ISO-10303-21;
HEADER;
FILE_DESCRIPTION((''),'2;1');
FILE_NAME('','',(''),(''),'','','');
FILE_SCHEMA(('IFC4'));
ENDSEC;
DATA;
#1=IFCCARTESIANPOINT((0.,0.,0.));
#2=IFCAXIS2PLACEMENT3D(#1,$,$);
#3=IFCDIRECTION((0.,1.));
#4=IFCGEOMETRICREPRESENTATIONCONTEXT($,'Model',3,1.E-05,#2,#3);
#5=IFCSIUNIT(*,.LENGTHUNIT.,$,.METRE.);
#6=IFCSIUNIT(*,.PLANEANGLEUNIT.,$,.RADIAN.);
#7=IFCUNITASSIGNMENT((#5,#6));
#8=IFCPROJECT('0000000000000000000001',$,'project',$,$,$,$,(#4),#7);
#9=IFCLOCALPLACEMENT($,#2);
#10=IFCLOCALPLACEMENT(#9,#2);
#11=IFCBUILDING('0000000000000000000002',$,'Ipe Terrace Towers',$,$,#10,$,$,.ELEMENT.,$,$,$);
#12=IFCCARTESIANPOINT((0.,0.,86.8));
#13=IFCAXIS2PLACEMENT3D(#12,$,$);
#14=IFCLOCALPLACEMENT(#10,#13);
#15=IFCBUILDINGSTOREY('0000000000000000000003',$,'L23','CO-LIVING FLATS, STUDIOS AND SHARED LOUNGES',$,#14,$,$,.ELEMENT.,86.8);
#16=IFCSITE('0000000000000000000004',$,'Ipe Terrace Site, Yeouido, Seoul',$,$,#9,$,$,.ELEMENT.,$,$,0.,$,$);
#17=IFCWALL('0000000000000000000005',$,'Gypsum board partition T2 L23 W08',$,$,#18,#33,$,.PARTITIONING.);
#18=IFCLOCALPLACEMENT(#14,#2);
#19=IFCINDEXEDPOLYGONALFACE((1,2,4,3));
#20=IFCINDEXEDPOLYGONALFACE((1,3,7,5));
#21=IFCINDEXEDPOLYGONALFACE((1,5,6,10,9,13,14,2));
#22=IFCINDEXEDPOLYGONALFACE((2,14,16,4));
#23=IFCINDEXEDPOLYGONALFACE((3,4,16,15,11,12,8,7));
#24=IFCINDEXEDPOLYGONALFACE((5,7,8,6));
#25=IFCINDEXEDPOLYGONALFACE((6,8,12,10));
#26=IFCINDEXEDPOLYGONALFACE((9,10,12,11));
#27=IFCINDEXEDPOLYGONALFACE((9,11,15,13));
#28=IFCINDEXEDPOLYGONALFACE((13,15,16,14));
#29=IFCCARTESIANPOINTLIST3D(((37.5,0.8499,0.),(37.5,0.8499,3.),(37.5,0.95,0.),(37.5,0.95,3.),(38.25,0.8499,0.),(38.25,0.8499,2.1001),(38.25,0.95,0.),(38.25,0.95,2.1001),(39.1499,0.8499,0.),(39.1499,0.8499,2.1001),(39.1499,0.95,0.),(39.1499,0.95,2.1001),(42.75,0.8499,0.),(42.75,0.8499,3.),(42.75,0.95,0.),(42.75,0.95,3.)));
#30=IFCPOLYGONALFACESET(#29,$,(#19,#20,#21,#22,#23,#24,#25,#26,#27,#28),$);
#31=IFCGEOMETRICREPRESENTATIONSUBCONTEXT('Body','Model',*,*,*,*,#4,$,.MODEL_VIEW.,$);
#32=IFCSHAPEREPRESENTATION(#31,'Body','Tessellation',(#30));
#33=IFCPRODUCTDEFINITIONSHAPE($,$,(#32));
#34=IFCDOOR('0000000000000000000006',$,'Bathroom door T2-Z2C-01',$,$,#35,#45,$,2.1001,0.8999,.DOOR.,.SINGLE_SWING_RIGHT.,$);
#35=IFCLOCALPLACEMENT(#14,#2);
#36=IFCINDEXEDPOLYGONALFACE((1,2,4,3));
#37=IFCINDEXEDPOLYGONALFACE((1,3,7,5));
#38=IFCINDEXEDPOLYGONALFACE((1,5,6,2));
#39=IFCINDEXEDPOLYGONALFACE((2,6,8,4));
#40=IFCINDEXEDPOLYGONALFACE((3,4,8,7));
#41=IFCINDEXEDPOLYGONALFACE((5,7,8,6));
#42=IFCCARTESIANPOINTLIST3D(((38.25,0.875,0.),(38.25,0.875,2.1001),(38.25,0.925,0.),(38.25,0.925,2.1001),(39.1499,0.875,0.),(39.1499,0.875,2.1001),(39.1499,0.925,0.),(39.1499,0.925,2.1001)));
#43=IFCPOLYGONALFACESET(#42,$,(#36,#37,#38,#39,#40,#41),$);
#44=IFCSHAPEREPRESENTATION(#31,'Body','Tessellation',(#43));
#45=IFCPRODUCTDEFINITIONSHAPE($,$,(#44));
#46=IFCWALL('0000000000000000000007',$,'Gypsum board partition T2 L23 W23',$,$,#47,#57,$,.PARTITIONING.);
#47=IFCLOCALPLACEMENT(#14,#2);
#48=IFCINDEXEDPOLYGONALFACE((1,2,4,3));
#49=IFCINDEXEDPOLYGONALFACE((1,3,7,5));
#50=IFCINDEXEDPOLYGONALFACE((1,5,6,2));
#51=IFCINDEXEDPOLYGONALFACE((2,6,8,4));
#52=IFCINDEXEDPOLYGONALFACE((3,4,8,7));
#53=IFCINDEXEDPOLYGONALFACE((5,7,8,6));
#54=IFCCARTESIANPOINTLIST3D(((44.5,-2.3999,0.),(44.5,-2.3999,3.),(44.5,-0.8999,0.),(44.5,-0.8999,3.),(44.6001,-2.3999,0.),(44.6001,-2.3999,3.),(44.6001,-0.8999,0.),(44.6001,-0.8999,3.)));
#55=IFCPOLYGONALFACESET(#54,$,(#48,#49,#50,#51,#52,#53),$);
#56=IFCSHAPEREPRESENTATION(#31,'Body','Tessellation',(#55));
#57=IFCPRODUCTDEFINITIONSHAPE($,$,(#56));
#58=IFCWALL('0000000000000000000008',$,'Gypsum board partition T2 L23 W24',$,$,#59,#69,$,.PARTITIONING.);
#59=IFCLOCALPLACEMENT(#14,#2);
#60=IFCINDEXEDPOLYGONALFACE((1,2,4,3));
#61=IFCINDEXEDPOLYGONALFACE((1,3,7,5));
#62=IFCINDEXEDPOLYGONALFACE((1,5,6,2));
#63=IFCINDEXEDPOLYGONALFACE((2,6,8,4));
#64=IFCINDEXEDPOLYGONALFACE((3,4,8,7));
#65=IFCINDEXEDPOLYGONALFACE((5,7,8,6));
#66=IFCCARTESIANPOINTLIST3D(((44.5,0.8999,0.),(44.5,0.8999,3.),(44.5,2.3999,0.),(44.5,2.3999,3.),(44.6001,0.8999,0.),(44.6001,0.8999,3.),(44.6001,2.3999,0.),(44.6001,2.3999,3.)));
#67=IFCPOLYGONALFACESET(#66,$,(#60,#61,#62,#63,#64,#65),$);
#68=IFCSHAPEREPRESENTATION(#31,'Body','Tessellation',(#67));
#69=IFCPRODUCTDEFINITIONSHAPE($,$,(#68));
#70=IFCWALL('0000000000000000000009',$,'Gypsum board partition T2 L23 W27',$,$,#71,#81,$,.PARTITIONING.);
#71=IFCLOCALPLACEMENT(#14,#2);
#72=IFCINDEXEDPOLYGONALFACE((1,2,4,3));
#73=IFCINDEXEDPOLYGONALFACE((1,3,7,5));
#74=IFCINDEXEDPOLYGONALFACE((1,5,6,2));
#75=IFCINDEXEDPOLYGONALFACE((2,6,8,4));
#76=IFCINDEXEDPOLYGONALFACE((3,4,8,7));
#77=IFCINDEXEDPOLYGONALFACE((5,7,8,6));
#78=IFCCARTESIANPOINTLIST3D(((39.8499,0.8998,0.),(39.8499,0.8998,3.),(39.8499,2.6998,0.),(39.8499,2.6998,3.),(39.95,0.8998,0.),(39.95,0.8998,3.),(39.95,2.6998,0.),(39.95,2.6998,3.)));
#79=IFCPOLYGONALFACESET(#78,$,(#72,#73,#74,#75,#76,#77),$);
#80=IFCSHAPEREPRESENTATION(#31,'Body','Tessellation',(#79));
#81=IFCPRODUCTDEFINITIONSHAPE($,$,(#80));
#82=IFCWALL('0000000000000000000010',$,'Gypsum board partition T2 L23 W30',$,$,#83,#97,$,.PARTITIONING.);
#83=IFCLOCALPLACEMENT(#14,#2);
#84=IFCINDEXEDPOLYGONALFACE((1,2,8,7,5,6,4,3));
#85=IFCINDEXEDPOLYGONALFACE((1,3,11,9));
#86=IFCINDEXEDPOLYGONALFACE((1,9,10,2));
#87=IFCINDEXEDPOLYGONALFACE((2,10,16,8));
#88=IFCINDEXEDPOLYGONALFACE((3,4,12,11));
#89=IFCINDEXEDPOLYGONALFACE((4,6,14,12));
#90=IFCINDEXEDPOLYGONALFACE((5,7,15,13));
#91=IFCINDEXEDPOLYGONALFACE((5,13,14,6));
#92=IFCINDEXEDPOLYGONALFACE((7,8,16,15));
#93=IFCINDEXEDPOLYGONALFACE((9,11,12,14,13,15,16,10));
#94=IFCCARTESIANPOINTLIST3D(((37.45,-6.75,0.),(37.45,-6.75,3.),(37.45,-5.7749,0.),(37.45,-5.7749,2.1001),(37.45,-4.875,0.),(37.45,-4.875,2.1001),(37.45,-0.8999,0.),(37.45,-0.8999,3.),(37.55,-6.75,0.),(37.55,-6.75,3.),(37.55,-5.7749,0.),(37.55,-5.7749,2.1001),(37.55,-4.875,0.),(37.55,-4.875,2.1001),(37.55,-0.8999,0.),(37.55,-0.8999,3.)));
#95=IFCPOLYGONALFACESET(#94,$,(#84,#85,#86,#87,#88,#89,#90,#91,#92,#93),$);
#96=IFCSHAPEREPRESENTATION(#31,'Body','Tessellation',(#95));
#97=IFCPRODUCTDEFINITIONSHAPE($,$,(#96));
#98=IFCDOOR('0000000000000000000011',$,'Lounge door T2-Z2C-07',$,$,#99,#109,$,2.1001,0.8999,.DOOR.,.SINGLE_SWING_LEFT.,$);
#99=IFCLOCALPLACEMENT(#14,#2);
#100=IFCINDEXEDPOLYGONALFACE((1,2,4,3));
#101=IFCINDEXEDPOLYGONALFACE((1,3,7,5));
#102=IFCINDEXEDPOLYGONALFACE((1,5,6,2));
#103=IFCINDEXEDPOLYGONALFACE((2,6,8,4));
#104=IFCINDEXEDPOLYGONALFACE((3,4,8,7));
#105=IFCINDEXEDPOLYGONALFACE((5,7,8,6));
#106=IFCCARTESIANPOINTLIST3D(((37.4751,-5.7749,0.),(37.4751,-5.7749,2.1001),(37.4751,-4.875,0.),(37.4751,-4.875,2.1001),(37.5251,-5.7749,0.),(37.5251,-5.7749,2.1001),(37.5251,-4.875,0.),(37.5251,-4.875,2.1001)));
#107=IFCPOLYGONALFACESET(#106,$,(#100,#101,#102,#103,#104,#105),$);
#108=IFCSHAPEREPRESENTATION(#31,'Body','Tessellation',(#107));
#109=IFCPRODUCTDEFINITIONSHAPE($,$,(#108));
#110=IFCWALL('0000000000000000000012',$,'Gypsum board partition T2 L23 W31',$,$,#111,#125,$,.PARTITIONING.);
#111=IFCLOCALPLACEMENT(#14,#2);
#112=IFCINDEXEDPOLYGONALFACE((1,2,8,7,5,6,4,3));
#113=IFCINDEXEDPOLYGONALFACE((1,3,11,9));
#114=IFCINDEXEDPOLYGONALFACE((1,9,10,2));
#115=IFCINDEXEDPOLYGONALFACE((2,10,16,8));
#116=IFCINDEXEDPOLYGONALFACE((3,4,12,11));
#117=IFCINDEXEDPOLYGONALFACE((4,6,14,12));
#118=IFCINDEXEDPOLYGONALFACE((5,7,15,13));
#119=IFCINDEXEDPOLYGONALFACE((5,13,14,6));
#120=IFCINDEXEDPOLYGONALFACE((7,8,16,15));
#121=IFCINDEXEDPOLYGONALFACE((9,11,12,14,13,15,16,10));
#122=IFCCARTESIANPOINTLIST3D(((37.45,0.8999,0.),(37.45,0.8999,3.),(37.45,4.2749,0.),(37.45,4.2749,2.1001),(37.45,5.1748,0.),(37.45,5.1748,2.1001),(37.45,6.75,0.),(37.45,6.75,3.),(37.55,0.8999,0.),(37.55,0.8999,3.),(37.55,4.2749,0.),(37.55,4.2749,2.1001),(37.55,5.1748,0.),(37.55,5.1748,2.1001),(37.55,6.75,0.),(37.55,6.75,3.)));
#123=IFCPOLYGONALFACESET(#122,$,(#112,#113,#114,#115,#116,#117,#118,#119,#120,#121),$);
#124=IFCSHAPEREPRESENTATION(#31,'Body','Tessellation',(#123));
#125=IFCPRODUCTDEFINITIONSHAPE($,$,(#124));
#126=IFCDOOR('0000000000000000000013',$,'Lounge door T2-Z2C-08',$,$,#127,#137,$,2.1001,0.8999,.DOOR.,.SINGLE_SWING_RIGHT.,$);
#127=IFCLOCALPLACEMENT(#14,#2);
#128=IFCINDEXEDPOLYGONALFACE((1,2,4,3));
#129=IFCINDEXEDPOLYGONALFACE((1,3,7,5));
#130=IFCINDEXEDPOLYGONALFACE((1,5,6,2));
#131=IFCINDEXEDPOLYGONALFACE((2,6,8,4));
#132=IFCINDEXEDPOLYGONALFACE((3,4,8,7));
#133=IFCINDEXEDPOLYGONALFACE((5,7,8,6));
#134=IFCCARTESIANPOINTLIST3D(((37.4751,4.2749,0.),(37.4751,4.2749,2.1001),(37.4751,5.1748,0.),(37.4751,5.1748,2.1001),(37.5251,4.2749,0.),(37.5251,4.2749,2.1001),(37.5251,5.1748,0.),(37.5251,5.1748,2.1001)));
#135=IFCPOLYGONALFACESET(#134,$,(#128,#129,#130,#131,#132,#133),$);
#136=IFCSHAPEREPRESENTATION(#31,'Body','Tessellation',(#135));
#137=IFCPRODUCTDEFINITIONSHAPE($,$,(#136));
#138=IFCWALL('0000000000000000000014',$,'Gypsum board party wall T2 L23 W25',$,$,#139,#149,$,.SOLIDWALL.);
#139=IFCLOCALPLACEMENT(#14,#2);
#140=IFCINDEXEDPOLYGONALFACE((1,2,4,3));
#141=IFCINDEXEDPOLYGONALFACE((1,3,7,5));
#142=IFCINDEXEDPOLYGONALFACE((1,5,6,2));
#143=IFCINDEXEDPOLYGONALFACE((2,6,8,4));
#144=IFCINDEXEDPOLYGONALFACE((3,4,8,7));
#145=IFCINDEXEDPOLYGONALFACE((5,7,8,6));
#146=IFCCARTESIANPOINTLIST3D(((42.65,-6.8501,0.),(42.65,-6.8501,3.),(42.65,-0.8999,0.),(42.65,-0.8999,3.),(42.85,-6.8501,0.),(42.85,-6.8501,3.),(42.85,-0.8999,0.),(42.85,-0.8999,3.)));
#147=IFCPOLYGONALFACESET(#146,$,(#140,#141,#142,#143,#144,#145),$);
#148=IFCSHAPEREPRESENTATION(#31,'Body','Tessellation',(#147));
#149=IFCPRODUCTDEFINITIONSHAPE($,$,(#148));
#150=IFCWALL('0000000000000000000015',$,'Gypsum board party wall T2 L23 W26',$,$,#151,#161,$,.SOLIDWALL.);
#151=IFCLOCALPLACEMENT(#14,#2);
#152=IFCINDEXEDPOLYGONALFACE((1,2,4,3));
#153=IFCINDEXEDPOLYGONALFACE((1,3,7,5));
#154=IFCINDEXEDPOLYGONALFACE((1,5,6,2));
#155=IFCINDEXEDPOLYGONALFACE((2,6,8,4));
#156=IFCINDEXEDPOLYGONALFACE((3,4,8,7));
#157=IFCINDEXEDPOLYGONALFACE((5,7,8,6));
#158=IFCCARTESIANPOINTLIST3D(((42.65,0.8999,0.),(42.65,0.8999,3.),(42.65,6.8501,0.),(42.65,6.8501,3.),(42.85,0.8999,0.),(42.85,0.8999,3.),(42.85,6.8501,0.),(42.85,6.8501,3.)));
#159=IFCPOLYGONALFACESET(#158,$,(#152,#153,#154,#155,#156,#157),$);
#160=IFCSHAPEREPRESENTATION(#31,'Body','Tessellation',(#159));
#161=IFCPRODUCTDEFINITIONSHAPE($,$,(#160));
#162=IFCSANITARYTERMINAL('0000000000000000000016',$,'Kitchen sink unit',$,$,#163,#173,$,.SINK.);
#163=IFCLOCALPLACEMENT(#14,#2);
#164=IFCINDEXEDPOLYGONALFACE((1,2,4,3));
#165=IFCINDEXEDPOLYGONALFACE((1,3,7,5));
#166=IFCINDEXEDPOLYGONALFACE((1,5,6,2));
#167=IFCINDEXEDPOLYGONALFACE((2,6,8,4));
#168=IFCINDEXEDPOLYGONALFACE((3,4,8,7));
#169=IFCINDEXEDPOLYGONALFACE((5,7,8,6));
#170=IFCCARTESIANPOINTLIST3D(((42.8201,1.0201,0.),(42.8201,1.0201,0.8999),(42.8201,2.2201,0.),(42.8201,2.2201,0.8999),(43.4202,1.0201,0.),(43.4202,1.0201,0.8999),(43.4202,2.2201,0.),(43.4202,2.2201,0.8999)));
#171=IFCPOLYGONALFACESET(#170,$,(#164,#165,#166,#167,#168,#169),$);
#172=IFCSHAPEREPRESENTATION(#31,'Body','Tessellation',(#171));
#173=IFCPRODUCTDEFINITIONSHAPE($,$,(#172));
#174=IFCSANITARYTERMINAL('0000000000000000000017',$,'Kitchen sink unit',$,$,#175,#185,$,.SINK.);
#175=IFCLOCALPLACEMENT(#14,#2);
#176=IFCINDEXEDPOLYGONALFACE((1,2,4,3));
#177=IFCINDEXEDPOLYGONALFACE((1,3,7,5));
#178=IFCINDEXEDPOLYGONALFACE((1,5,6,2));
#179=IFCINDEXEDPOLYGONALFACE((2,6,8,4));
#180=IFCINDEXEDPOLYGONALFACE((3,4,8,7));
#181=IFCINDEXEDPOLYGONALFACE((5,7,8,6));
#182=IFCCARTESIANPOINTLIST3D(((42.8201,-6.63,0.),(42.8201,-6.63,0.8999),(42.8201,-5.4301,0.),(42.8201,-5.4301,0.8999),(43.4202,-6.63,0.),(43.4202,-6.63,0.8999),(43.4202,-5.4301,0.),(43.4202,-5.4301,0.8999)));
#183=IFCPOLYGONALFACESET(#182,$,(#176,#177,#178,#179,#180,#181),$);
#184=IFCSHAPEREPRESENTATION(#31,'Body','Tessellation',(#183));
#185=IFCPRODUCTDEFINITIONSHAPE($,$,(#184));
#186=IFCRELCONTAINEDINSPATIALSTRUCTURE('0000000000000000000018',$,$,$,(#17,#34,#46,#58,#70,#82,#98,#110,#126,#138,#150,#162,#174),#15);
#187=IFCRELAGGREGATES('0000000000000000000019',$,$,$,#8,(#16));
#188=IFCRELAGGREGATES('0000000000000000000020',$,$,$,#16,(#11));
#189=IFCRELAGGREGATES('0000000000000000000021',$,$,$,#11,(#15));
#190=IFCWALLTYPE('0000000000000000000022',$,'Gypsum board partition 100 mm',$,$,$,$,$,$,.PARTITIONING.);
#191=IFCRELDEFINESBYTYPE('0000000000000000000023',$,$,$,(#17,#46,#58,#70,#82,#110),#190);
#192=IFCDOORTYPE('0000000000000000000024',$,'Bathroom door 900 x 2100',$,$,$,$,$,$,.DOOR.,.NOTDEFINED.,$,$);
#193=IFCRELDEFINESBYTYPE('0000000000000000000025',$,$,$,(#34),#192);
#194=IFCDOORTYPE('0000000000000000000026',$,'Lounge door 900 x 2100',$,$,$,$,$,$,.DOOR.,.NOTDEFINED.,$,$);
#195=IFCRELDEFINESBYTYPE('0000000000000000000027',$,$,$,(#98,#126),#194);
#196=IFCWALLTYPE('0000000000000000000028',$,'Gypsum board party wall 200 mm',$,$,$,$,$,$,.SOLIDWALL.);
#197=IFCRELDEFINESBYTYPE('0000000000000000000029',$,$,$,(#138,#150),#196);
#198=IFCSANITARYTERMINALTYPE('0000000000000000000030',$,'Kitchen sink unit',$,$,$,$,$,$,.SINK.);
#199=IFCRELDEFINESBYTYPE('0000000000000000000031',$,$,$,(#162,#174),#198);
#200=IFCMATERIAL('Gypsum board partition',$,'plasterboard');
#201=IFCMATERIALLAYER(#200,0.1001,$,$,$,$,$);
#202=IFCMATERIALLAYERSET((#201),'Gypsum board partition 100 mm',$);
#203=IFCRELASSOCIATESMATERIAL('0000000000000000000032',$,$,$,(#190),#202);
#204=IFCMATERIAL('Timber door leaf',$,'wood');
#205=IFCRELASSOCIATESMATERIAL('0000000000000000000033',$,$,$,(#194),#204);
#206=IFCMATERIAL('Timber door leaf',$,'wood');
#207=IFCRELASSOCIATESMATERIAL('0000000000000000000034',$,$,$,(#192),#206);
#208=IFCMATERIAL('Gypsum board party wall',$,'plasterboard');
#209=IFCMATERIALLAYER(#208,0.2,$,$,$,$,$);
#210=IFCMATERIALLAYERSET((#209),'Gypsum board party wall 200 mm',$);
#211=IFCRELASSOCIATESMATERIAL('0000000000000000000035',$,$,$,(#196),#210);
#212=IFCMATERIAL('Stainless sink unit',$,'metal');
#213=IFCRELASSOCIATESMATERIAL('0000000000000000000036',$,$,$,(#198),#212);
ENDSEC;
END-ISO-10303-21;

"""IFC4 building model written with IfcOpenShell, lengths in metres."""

from ifc_helpers import new_model, si_unit, direction, frame, frame_2d, origin, origin_2d, place, context, subcontext, project, spatial, rectangle, extrude, material, layer, layer_set, type_object, element, fill, save


model = new_model("IFC4")

# Units and contexts
model_context = context("Model", 3, precision=1e-05, world=origin(), true_north=direction((0.0, 1.0)))
body_context = subcontext(model_context, "Body", "Model", "MODEL_VIEW")
ifc_project = project(units=[si_unit("LENGTHUNIT", "METRE"), si_unit("PLANEANGLEUNIT", "RADIAN")], contexts=[model_context])

# Site, building, storey
site_placement = place(None, origin())
site = spatial("IfcSite", under=ifc_project, at=site_placement, Name="Ipe Terrace Site, Yeouido, Seoul", CompositionType="ELEMENT", RefElevation=0.0)
building_placement = place(site_placement, origin())
building = spatial("IfcBuilding", under=site, at=building_placement, Name="Ipe Terrace Towers", CompositionType="ELEMENT")
storey_placement = place(building_placement, frame((0.0, 0.0, 86.8)))
storey = spatial("IfcBuildingStorey", under=building, at=storey_placement, Name="L23", Description="CO-LIVING FLATS, STUDIOS AND SHARED LOUNGES", CompositionType="ELEMENT", Elevation=86.8)

# Shared definitions
ifc_material_1 = material(Name="Gypsum board partition", Category="plasterboard")
ifc_layer_1 = layer(ifc_material_1, 0.1001)
ifc_layer_set_1 = layer_set([ifc_layer_1], Name="Gypsum board partition 100 mm")
wall_type_1 = type_object("IfcWallType", Name="Gypsum board partition 100 mm", PredefinedType="PARTITIONING", material=ifc_layer_set_1)

# Wall, opening, door
ifc_material_2 = material(Name="Timber door leaf", Category="wood")
door_type_1 = type_object("IfcDoorType", Name="Lounge door 900 x 2100", OperationType="NOTDEFINED", PredefinedType="DOOR", material=ifc_material_2)
wall_1_placement = place(storey_placement, frame((42.75, 0.8999, 0.0), z_axis=(0.0, 0.0, 1.0), x_axis=(-1.0, 0.0, 0.0)))
wall_1 = element("IfcWall", 1, at=wall_1_placement, inside=storey, type_object=wall_type_1, Name="Gypsum board partition T2 L23 W08", PredefinedType="PARTITIONING", context=body_context, shape_type="SweptSolid", body=[
    extrude(rectangle(XDim=5.25, YDim=0.1001, at=frame_2d((2.625, 0.0))), origin(), (0.0, 0.0, 1.0), 3.0),
])
opening_1_placement = place(wall_1_placement, frame((3.6001, 0.0, 0.0)))
opening_1 = element("IfcOpeningElement", 2, at=opening_1_placement, cuts=wall_1, PredefinedType="OPENING", context=body_context, shape_type="SweptSolid", body=[
    extrude(rectangle(XDim=0.8999, YDim=2.1001, at=frame_2d((0.45, 1.05))), frame((0.0, 0.0601, 0.0), z_axis=(0.0, -1.0, 0.0), x_axis=(1.0, 0.0, 0.0)), (0.0, 0.0, 1.0), 0.1201),
])
ifc_material_3 = material(Name="Timber door leaf", Category="wood")
door_type_2 = type_object("IfcDoorType", Name="Bathroom door 900 x 2100", OperationType="NOTDEFINED", PredefinedType="DOOR", material=ifc_material_3)
door_1_placement = place(opening_1_placement, origin())
door_1 = element("IfcDoor", 3, at=door_1_placement, inside=storey, type_object=door_type_2, Name="Bathroom door T2-Z2C-01", OperationType="SINGLE_SWING_RIGHT", OverallHeight=2.1001, OverallWidth=0.8999, PredefinedType="DOOR", context=body_context, shape_type="SweptSolid", body=[
    extrude(rectangle(XDim=0.8999, YDim=2.1001, at=frame_2d((0.45, 1.05))), frame((0.0, 0.0249, 0.0), z_axis=(0.0, -1.0, 0.0), x_axis=(1.0, 0.0, 0.0)), (0.0, 0.0, 1.0), 0.05),
])
fill(opening_1, door_1)

# Walls
for number, where, z_axis, x_axis, name in (
    (4, (44.55, -2.3999, 0.0), (0.0, 0.0, 1.0), (0.0, 1.0, 0.0), "Gypsum board partition T2 L23 W23"),
    (5, (44.55, 0.8999, 0.0), (0.0, 0.0, 1.0), (0.0, 1.0, 0.0), "Gypsum board partition T2 L23 W24"),
):
    element("IfcWall", number, at=place(storey_placement, frame(where, z_axis=z_axis, x_axis=x_axis)), inside=storey, type_object=wall_type_1, Name=name, PredefinedType="PARTITIONING", context=body_context, shape_type="SweptSolid", body=[
        extrude(rectangle(XDim=1.5, YDim=0.1001, at=frame_2d((0.75, 0.0))), origin(), (0.0, 0.0, 1.0), 3.0),
    ])
wall_2_placement = place(storey_placement, frame((39.8999, 0.8999, 0.0), z_axis=(0.0, 0.0, 1.0), x_axis=(0.0, 1.0, 0.0)))
element("IfcWall", 6, at=wall_2_placement, inside=storey, type_object=wall_type_1, Name="Gypsum board partition T2 L23 W27", PredefinedType="PARTITIONING", context=body_context, shape_type="SweptSolid", body=[
    extrude(rectangle(XDim=1.8, YDim=0.1001, at=frame_2d((0.8999, 0.0))), origin(), (0.0, 0.0, 1.0), 3.0),
])

# Walls, openings, doors
wall_3_placement = place(storey_placement, frame((37.5, -6.75, 0.0), z_axis=(0.0, 0.0, 1.0), x_axis=(0.0, 1.0, 0.0)))
wall_3 = element("IfcWall", 7, at=wall_3_placement, inside=storey, type_object=wall_type_1, Name="Gypsum board partition T2 L23 W30", PredefinedType="PARTITIONING", context=body_context, shape_type="SweptSolid", body=[
    extrude(rectangle(XDim=5.8501, YDim=0.1001, at=frame_2d((2.925, 0.0))), origin(), (0.0, 0.0, 1.0), 3.0),
])
opening_2_placement = place(wall_3_placement, frame((0.9751, 0.0, 0.0)))
opening_2 = element("IfcOpeningElement", 8, at=opening_2_placement, cuts=wall_3, PredefinedType="OPENING", context=body_context, shape_type="SweptSolid", body=[
    extrude(rectangle(XDim=0.8999, YDim=2.1001, at=frame_2d((0.45, 1.05))), frame((0.0, 0.0601, 0.0), z_axis=(0.0, -1.0, 0.0), x_axis=(1.0, 0.0, 0.0)), (0.0, 0.0, 1.0), 0.1201),
])
door_2_placement = place(opening_2_placement, origin())
door_2 = element("IfcDoor", 9, at=door_2_placement, inside=storey, type_object=door_type_1, Name="Lounge door T2-Z2C-07", OperationType="SINGLE_SWING_LEFT", OverallHeight=2.1001, OverallWidth=0.8999, PredefinedType="DOOR", context=body_context, shape_type="SweptSolid", body=[
    extrude(rectangle(XDim=0.8999, YDim=2.1001, at=frame_2d((0.45, 1.05))), frame((0.0, 0.0249, 0.0), z_axis=(0.0, -1.0, 0.0), x_axis=(1.0, 0.0, 0.0)), (0.0, 0.0, 1.0), 0.05),
])
fill(opening_2, door_2)
wall_4_placement = place(storey_placement, frame((37.5, 0.8999, 0.0), z_axis=(0.0, 0.0, 1.0), x_axis=(0.0, 1.0, 0.0)))
wall_4 = element("IfcWall", 10, at=wall_4_placement, inside=storey, type_object=wall_type_1, Name="Gypsum board partition T2 L23 W31", PredefinedType="PARTITIONING", context=body_context, shape_type="SweptSolid", body=[
    extrude(rectangle(XDim=5.8501, YDim=0.1001, at=frame_2d((2.925, 0.0))), origin(), (0.0, 0.0, 1.0), 3.0),
])
opening_3_placement = place(wall_4_placement, frame((3.375, 0.0, 0.0)))
opening_3 = element("IfcOpeningElement", 11, at=opening_3_placement, cuts=wall_4, PredefinedType="OPENING", context=body_context, shape_type="SweptSolid", body=[
    extrude(rectangle(XDim=0.8999, YDim=2.1001, at=frame_2d((0.45, 1.05))), frame((0.0, 0.0601, 0.0), z_axis=(0.0, -1.0, 0.0), x_axis=(1.0, 0.0, 0.0)), (0.0, 0.0, 1.0), 0.1201),
])
door_3_placement = place(opening_3_placement, origin())
door_3 = element("IfcDoor", 12, at=door_3_placement, inside=storey, type_object=door_type_1, Name="Lounge door T2-Z2C-08", OperationType="SINGLE_SWING_RIGHT", OverallHeight=2.1001, OverallWidth=0.8999, PredefinedType="DOOR", context=body_context, shape_type="SweptSolid", body=[
    extrude(rectangle(XDim=0.8999, YDim=2.1001, at=frame_2d((0.45, 1.05))), frame((0.0, 0.0249, 0.0), z_axis=(0.0, -1.0, 0.0), x_axis=(1.0, 0.0, 0.0)), (0.0, 0.0, 1.0), 0.05),
])
fill(opening_3, door_3)

# Walls
ifc_material_4 = material(Name="Gypsum board party wall", Category="plasterboard")
ifc_layer_2 = layer(ifc_material_4, 0.2)
ifc_layer_set_2 = layer_set([ifc_layer_2], Name="Gypsum board party wall 200 mm")
wall_type_2 = type_object("IfcWallType", Name="Gypsum board party wall 200 mm", PredefinedType="SOLIDWALL", material=ifc_layer_set_2)
for number, where, z_axis, x_axis, name in (
    (13, (42.75, -6.8501, 0.0), (0.0, 0.0, 1.0), (0.0, 1.0, 0.0), "Gypsum board party wall T2 L23 W25"),
    (14, (42.75, 0.8999, 0.0), (0.0, 0.0, 1.0), (0.0, 1.0, 0.0), "Gypsum board party wall T2 L23 W26"),
):
    element("IfcWall", number, at=place(storey_placement, frame(where, z_axis=z_axis, x_axis=x_axis)), inside=storey, type_object=wall_type_2, Name=name, PredefinedType="SOLIDWALL", context=body_context, shape_type="SweptSolid", body=[
        extrude(rectangle(XDim=5.9502, YDim=0.2, at=frame_2d((2.9751, 0.0))), origin(), (0.0, 0.0, 1.0), 3.0),
    ])

# Sanitary terminals
ifc_material_5 = material(Name="Stainless sink unit", Category="metal")
sanitary_terminal_type_1 = type_object("IfcSanitaryTerminalType", Name="Kitchen sink unit", PredefinedType="SINK", material=ifc_material_5)
for number, where, z_axis, x_axis, name in (
    (15, (43.1201, 1.6201, 0.0), (0.0, 0.0, 1.0), (0.0, 1.0, 0.0), "Kitchen sink unit"),
    (16, (43.1201, -6.03, 0.0), (0.0, 0.0, 1.0), (0.0, 1.0, 0.0), "Kitchen sink unit"),
):
    element("IfcSanitaryTerminal", number, at=place(storey_placement, frame(where, z_axis=z_axis, x_axis=x_axis)), inside=storey, type_object=sanitary_terminal_type_1, Name=name, PredefinedType="SINK", context=body_context, shape_type="SweptSolid", body=[
        extrude(rectangle(XDim=1.2, YDim=0.6001, at=origin_2d()), origin(), (0.0, 0.0, 1.0), 0.8999),
    ])

save(model, "model.ifc")
